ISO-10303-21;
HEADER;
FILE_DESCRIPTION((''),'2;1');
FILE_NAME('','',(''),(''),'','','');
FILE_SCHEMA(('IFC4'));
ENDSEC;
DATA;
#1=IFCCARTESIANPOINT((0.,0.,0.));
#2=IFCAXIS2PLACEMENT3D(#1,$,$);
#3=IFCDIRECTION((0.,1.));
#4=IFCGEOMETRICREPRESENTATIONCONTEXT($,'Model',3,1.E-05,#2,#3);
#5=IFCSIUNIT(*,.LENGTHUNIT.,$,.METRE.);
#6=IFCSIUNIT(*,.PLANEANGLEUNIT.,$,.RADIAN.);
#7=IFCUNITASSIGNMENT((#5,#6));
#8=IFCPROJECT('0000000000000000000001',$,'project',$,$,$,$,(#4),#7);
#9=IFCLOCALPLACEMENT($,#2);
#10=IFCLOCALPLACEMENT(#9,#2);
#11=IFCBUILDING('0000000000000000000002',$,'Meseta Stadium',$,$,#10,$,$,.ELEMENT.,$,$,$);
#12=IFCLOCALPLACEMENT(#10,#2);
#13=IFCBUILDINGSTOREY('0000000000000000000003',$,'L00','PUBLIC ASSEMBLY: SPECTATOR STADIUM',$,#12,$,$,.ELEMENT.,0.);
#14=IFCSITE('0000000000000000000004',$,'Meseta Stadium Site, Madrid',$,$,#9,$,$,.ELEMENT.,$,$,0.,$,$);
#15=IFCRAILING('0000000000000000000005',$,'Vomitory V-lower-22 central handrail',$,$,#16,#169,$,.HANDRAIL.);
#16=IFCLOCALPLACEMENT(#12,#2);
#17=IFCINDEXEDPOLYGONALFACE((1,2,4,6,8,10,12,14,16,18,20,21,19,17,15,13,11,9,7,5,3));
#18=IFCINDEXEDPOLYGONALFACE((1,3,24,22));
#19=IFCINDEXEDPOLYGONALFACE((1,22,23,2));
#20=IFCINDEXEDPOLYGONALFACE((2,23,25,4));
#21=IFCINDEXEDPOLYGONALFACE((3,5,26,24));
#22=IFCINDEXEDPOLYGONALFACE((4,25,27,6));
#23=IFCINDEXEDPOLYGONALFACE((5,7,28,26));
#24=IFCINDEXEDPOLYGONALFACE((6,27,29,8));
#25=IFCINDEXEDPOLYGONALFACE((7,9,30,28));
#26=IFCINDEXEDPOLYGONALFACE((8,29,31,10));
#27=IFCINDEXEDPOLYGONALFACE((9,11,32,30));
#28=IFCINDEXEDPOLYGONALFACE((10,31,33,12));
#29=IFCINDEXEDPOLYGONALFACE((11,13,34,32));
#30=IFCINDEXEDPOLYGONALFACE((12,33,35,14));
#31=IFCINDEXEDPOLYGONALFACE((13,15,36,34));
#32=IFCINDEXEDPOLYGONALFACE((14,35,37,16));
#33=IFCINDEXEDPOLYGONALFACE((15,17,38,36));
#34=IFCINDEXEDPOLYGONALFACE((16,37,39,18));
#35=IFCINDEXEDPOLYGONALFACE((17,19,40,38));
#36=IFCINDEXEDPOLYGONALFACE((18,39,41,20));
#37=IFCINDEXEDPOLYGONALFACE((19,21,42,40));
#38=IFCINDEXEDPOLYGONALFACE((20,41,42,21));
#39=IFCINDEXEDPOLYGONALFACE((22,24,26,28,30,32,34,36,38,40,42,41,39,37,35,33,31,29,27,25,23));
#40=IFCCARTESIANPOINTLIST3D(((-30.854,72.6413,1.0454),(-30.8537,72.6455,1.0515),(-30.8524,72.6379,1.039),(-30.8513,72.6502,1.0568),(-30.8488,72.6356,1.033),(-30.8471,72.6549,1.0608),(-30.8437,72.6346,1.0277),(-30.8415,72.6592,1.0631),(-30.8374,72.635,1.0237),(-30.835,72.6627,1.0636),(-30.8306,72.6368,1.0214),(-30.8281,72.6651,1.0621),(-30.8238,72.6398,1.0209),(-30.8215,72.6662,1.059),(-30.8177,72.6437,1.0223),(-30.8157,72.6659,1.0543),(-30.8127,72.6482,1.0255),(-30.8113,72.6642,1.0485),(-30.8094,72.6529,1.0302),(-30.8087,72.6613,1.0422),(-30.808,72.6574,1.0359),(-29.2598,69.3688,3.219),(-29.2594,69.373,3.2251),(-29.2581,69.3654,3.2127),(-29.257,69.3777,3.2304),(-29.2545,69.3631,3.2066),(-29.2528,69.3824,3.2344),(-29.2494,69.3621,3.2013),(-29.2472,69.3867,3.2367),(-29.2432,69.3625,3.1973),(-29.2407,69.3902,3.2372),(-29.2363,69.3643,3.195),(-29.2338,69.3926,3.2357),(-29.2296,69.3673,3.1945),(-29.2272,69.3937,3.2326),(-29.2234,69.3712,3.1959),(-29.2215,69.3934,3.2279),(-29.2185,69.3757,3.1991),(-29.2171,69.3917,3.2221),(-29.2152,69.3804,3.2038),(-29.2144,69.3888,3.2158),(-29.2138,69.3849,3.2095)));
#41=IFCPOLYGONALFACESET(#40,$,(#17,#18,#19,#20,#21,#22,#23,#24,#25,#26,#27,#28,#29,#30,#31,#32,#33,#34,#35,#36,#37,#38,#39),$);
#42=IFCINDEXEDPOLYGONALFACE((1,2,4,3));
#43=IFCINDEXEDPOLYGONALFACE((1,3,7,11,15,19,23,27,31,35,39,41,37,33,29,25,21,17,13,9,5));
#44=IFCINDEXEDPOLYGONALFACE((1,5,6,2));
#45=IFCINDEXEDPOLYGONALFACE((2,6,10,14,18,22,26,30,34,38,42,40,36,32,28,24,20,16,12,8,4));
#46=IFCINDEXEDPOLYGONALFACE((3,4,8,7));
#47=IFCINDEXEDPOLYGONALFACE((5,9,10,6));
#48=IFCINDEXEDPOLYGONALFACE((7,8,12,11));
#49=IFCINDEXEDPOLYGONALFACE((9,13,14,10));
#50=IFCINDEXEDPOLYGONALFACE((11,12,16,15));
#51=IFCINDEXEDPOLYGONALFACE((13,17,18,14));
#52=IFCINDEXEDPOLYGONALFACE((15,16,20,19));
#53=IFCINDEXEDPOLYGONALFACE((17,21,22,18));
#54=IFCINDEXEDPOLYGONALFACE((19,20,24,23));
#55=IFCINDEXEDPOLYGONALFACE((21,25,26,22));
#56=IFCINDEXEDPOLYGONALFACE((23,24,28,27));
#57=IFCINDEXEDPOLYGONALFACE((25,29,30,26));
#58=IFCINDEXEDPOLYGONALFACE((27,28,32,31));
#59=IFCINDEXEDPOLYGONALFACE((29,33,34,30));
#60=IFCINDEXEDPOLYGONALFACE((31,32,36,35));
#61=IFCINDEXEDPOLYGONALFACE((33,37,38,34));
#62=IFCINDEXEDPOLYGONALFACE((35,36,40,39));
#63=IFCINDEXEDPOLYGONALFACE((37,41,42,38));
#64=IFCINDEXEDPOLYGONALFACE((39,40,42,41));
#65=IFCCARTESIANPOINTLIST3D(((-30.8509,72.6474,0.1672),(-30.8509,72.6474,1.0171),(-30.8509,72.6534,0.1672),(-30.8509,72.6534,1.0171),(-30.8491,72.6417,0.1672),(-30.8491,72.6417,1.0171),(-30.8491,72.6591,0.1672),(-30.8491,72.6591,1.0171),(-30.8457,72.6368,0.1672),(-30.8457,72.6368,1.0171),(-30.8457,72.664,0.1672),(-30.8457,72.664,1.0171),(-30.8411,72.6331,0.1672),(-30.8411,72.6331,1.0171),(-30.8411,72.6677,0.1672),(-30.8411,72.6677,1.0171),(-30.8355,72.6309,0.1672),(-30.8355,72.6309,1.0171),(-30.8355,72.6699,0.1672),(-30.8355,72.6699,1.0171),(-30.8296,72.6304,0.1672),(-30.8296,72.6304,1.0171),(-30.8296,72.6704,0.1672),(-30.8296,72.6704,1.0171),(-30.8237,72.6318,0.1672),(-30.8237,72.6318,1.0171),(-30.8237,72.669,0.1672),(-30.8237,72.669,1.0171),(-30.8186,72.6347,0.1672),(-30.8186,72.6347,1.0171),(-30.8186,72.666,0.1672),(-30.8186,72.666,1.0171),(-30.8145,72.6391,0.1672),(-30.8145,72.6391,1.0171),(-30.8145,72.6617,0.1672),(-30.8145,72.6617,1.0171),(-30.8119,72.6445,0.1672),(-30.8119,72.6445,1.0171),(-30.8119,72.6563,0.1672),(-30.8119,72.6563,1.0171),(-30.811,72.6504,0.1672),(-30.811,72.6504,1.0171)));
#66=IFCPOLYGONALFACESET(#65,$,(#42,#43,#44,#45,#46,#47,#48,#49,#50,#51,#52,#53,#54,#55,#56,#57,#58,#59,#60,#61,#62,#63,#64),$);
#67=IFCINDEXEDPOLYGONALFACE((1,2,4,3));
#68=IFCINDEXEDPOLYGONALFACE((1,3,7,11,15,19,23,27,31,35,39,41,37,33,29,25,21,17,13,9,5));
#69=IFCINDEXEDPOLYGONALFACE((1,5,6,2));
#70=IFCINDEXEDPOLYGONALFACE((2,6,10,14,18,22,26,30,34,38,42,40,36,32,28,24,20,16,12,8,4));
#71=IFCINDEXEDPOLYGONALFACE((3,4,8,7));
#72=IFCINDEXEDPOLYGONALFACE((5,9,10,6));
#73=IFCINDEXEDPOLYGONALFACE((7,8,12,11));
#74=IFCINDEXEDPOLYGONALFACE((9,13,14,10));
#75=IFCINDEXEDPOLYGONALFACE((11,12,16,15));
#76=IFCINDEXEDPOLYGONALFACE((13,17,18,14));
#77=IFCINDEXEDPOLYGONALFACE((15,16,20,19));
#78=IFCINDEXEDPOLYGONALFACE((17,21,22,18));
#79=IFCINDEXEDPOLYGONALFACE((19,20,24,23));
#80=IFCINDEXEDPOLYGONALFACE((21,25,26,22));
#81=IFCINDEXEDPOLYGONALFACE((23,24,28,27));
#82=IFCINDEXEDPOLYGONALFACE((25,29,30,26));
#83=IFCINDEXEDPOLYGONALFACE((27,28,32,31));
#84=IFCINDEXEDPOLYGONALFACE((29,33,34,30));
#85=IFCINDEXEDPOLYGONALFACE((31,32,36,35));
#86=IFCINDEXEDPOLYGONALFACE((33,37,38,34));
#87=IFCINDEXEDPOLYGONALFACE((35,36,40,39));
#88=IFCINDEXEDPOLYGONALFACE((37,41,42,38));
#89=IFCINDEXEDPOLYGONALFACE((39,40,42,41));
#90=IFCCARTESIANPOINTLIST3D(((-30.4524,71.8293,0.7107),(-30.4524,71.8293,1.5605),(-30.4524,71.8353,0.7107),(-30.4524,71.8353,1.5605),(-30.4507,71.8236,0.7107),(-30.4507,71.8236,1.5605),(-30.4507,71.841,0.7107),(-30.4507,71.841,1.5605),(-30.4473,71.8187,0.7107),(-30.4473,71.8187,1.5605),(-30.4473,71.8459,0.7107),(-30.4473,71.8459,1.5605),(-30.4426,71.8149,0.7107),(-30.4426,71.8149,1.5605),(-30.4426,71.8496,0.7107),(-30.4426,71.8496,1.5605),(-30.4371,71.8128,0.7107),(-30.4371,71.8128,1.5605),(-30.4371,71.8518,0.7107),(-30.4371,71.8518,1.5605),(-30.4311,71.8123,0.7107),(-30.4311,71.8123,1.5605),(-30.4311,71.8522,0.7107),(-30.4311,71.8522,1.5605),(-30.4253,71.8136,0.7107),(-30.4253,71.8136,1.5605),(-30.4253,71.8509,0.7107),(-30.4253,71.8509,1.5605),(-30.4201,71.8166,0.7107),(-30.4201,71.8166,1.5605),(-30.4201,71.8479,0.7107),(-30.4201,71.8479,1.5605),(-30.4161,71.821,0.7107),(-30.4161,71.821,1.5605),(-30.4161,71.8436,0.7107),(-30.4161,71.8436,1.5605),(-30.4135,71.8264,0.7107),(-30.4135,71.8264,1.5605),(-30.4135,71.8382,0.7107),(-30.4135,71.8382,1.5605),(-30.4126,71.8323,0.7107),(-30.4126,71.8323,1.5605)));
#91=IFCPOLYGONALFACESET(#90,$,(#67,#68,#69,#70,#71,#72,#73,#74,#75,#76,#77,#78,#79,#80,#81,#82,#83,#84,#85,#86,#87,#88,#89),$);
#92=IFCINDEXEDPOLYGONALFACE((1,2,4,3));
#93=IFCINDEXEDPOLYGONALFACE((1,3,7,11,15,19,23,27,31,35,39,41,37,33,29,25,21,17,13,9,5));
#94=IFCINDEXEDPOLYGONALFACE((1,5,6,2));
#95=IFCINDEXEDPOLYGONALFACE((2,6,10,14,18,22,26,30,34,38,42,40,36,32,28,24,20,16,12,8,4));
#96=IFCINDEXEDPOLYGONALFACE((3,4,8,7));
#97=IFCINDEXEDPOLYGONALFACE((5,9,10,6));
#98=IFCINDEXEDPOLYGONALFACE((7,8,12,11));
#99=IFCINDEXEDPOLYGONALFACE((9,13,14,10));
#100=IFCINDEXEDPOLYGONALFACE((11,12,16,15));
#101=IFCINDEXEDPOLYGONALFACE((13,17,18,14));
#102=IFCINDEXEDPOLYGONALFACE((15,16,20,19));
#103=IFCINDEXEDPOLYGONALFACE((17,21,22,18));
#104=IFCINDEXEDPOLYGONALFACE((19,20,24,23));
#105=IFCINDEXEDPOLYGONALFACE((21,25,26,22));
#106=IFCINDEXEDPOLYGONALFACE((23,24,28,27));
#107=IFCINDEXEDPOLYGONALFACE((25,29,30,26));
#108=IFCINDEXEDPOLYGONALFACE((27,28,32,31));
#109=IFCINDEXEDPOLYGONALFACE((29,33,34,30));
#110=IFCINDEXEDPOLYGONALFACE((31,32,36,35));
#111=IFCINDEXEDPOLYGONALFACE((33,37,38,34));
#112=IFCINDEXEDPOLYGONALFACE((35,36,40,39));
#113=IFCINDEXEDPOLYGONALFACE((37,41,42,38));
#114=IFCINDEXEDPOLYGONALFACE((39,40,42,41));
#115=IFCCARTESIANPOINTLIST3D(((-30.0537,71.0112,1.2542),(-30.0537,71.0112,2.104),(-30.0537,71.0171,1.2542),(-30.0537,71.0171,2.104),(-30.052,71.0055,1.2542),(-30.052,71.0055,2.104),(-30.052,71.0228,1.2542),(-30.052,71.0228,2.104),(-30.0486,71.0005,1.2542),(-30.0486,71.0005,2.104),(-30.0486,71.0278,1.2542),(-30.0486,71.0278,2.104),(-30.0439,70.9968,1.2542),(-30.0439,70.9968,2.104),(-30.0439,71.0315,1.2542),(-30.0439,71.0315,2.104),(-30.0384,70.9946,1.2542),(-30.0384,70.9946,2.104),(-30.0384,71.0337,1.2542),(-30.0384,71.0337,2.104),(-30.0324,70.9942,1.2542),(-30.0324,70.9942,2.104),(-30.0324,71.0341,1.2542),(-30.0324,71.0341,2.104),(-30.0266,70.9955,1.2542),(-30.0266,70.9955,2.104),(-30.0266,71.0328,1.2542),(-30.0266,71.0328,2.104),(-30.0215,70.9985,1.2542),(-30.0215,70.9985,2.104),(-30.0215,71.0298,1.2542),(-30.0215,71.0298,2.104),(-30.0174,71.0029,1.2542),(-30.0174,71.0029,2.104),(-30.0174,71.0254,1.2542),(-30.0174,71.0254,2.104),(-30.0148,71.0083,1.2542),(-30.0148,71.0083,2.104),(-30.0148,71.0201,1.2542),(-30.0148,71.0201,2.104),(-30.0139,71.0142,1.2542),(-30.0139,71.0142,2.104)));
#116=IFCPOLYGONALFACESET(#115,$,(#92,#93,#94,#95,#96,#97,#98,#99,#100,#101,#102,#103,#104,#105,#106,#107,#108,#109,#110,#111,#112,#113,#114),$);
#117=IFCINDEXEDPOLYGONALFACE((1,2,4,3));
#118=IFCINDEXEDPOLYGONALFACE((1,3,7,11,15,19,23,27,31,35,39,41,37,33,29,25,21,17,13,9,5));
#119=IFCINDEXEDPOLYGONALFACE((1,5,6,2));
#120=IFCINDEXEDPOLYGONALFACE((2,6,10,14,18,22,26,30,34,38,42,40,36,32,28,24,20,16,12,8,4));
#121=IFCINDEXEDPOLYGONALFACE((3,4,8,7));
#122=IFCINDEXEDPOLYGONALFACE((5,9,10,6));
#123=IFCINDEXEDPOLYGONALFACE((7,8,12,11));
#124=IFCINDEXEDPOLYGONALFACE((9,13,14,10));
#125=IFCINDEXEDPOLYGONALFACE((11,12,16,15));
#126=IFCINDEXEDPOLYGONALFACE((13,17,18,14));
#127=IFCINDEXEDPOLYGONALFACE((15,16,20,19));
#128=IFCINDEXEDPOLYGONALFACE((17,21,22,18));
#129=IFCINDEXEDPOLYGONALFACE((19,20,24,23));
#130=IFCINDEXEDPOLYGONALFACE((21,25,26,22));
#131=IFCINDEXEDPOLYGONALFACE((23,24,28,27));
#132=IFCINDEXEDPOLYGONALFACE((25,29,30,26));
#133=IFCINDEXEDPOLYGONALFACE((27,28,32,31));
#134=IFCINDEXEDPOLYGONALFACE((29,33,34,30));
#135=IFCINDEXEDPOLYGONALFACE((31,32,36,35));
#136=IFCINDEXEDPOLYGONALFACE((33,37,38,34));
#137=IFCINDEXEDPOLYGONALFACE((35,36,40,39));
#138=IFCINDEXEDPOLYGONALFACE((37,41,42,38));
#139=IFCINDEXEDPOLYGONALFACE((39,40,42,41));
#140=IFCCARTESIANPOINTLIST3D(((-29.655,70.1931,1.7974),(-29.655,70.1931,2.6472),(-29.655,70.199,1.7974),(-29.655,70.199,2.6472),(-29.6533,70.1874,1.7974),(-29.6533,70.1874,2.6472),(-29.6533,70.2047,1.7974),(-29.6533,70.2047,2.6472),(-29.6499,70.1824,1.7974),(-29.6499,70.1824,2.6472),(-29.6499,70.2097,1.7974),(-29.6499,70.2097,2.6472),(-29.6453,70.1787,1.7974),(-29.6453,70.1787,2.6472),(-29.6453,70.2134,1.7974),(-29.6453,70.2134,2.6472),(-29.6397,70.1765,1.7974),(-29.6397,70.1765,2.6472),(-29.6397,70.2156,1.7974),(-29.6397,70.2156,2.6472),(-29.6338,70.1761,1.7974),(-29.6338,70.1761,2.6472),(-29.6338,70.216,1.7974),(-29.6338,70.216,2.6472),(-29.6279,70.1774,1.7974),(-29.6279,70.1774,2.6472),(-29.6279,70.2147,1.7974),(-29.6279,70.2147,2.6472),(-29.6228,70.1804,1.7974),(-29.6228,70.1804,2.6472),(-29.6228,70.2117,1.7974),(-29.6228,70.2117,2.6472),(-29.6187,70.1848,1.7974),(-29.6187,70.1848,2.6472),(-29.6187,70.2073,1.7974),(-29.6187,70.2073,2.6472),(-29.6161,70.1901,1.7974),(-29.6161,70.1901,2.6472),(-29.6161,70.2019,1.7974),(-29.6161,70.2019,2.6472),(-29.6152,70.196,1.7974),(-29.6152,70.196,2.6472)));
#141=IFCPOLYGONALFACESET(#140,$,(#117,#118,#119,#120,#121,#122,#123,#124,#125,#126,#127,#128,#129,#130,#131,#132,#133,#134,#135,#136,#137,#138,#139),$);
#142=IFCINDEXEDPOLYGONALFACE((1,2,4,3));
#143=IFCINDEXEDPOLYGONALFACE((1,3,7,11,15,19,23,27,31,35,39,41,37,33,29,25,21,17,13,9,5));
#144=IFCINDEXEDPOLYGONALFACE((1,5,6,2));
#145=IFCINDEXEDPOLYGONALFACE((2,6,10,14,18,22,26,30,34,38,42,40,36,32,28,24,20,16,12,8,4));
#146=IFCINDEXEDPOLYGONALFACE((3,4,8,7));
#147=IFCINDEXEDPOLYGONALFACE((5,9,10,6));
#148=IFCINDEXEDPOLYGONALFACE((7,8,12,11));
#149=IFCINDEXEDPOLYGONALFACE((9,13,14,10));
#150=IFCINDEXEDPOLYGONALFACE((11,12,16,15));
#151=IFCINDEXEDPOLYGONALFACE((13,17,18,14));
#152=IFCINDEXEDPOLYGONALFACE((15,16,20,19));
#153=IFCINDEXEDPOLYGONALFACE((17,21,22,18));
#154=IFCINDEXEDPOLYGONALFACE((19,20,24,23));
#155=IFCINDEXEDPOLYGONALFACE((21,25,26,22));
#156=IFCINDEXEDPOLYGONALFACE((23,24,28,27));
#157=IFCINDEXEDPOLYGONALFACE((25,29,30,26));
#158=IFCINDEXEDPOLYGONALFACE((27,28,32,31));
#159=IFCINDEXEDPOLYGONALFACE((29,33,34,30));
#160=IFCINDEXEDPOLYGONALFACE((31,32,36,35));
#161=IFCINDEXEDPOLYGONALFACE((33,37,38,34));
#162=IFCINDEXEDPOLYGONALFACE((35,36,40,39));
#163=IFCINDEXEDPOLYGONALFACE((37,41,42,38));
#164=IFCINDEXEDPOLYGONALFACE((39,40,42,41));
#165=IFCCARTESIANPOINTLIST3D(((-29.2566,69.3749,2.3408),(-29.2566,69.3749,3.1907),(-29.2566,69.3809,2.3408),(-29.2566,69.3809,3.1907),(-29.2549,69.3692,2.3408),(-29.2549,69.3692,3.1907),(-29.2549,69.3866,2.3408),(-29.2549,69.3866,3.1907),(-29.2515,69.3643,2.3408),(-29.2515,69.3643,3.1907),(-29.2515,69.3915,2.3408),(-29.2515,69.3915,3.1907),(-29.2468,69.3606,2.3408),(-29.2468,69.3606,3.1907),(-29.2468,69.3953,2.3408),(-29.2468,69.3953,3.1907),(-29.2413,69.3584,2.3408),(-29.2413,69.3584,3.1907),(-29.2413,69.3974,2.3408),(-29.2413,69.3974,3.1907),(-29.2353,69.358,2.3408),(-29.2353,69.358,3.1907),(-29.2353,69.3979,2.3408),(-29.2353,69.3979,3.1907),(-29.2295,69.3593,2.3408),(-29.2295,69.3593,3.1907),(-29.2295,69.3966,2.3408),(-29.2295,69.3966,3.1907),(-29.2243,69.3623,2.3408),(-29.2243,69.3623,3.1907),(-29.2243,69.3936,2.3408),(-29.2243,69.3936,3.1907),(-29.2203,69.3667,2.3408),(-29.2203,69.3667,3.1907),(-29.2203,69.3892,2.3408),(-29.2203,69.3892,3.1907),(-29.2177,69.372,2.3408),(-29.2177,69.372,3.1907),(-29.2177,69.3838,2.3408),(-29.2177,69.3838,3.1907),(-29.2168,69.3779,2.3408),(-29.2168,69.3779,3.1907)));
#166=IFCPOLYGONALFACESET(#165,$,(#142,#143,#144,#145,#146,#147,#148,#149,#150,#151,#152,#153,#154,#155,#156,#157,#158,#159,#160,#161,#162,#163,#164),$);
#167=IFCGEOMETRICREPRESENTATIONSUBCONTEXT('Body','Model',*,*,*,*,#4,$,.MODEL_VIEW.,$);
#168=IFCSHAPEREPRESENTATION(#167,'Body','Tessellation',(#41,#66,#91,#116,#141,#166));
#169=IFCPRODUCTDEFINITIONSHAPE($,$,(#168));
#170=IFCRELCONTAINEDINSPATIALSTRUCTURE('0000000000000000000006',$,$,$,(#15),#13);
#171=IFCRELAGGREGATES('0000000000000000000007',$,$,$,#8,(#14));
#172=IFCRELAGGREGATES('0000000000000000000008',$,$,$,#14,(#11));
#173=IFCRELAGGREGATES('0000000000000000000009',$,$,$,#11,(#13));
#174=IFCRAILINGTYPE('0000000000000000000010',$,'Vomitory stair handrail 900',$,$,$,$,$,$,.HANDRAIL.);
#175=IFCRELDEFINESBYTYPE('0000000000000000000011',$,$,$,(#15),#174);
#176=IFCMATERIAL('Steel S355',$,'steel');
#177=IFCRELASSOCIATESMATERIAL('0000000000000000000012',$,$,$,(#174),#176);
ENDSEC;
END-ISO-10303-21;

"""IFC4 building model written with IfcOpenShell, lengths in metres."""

from ifc_helpers import new_model, si_unit, direction, frame, origin, origin_2d, place, context, subcontext, project, spatial, circle, extrude, material, type_object, element, save


model = new_model("IFC4")

# Units and contexts
model_context = context("Model", 3, precision=1e-05, world=origin(), true_north=direction((0.0, 1.0)))
body_context = subcontext(model_context, "Body", "Model", "MODEL_VIEW")
ifc_project = project(units=[si_unit("LENGTHUNIT", "METRE"), si_unit("PLANEANGLEUNIT", "RADIAN")], contexts=[model_context])

# Site, building, storey
site_placement = place(None, origin())
site = spatial("IfcSite", under=ifc_project, at=site_placement, Name="Meseta Stadium Site, Madrid", CompositionType="ELEMENT", RefElevation=0.0)
building_placement = place(site_placement, origin())
building = spatial("IfcBuilding", under=site, at=building_placement, Name="Meseta Stadium", CompositionType="ELEMENT")
storey_placement = place(building_placement, origin())
storey = spatial("IfcBuildingStorey", under=building, at=storey_placement, Name="L00", Description="PUBLIC ASSEMBLY: SPECTATOR STADIUM", CompositionType="ELEMENT", Elevation=0.0)

# Railing
ifc_material_1 = material(Name="Steel S355", Category="steel")
railing_type_1 = type_object("IfcRailingType", Name="Vomitory stair handrail 900", PredefinedType="HANDRAIL", material=ifc_material_1)
railing_1_placement = place(storey_placement, frame((-30.8311, 72.6504, 0.1672)))
element("IfcRailing", 1, at=railing_1_placement, inside=storey, type_object=railing_type_1, Name="Vomitory V-lower-22 central handrail", PredefinedType="HANDRAIL", context=body_context, shape_type="SweptSolid", body=[
    extrude(circle(Radius=0.0249, at=origin_2d()), frame((0.0, 0.0, 0.875), z_axis=(0.376026, -0.771861, 0.512674), x_axis=(0.898994, 0.437961, 0.0)), (0.0, 0.0, 1.0), 4.2397),
    extrude(circle(Radius=0.02, at=origin_2d()), origin(), (0.0, 0.0, 1.0), 0.8499),
    extrude(circle(Radius=0.02, at=origin_2d()), frame((0.3984, -0.8181, 0.5435)), (0.0, 0.0, 1.0), 0.8499),
    extrude(circle(Radius=0.02, at=origin_2d()), frame((0.7971, -1.6362, 1.0869)), (0.0, 0.0, 1.0), 0.8499),
    extrude(circle(Radius=0.02, at=origin_2d()), frame((1.1958, -2.4543, 1.6301)), (0.0, 0.0, 1.0), 0.8499),
    extrude(circle(Radius=0.02, at=origin_2d()), frame((1.5942, -3.2725, 2.1736)), (0.0, 0.0, 1.0), 0.8499),
])

save(model, "model.ifc")
